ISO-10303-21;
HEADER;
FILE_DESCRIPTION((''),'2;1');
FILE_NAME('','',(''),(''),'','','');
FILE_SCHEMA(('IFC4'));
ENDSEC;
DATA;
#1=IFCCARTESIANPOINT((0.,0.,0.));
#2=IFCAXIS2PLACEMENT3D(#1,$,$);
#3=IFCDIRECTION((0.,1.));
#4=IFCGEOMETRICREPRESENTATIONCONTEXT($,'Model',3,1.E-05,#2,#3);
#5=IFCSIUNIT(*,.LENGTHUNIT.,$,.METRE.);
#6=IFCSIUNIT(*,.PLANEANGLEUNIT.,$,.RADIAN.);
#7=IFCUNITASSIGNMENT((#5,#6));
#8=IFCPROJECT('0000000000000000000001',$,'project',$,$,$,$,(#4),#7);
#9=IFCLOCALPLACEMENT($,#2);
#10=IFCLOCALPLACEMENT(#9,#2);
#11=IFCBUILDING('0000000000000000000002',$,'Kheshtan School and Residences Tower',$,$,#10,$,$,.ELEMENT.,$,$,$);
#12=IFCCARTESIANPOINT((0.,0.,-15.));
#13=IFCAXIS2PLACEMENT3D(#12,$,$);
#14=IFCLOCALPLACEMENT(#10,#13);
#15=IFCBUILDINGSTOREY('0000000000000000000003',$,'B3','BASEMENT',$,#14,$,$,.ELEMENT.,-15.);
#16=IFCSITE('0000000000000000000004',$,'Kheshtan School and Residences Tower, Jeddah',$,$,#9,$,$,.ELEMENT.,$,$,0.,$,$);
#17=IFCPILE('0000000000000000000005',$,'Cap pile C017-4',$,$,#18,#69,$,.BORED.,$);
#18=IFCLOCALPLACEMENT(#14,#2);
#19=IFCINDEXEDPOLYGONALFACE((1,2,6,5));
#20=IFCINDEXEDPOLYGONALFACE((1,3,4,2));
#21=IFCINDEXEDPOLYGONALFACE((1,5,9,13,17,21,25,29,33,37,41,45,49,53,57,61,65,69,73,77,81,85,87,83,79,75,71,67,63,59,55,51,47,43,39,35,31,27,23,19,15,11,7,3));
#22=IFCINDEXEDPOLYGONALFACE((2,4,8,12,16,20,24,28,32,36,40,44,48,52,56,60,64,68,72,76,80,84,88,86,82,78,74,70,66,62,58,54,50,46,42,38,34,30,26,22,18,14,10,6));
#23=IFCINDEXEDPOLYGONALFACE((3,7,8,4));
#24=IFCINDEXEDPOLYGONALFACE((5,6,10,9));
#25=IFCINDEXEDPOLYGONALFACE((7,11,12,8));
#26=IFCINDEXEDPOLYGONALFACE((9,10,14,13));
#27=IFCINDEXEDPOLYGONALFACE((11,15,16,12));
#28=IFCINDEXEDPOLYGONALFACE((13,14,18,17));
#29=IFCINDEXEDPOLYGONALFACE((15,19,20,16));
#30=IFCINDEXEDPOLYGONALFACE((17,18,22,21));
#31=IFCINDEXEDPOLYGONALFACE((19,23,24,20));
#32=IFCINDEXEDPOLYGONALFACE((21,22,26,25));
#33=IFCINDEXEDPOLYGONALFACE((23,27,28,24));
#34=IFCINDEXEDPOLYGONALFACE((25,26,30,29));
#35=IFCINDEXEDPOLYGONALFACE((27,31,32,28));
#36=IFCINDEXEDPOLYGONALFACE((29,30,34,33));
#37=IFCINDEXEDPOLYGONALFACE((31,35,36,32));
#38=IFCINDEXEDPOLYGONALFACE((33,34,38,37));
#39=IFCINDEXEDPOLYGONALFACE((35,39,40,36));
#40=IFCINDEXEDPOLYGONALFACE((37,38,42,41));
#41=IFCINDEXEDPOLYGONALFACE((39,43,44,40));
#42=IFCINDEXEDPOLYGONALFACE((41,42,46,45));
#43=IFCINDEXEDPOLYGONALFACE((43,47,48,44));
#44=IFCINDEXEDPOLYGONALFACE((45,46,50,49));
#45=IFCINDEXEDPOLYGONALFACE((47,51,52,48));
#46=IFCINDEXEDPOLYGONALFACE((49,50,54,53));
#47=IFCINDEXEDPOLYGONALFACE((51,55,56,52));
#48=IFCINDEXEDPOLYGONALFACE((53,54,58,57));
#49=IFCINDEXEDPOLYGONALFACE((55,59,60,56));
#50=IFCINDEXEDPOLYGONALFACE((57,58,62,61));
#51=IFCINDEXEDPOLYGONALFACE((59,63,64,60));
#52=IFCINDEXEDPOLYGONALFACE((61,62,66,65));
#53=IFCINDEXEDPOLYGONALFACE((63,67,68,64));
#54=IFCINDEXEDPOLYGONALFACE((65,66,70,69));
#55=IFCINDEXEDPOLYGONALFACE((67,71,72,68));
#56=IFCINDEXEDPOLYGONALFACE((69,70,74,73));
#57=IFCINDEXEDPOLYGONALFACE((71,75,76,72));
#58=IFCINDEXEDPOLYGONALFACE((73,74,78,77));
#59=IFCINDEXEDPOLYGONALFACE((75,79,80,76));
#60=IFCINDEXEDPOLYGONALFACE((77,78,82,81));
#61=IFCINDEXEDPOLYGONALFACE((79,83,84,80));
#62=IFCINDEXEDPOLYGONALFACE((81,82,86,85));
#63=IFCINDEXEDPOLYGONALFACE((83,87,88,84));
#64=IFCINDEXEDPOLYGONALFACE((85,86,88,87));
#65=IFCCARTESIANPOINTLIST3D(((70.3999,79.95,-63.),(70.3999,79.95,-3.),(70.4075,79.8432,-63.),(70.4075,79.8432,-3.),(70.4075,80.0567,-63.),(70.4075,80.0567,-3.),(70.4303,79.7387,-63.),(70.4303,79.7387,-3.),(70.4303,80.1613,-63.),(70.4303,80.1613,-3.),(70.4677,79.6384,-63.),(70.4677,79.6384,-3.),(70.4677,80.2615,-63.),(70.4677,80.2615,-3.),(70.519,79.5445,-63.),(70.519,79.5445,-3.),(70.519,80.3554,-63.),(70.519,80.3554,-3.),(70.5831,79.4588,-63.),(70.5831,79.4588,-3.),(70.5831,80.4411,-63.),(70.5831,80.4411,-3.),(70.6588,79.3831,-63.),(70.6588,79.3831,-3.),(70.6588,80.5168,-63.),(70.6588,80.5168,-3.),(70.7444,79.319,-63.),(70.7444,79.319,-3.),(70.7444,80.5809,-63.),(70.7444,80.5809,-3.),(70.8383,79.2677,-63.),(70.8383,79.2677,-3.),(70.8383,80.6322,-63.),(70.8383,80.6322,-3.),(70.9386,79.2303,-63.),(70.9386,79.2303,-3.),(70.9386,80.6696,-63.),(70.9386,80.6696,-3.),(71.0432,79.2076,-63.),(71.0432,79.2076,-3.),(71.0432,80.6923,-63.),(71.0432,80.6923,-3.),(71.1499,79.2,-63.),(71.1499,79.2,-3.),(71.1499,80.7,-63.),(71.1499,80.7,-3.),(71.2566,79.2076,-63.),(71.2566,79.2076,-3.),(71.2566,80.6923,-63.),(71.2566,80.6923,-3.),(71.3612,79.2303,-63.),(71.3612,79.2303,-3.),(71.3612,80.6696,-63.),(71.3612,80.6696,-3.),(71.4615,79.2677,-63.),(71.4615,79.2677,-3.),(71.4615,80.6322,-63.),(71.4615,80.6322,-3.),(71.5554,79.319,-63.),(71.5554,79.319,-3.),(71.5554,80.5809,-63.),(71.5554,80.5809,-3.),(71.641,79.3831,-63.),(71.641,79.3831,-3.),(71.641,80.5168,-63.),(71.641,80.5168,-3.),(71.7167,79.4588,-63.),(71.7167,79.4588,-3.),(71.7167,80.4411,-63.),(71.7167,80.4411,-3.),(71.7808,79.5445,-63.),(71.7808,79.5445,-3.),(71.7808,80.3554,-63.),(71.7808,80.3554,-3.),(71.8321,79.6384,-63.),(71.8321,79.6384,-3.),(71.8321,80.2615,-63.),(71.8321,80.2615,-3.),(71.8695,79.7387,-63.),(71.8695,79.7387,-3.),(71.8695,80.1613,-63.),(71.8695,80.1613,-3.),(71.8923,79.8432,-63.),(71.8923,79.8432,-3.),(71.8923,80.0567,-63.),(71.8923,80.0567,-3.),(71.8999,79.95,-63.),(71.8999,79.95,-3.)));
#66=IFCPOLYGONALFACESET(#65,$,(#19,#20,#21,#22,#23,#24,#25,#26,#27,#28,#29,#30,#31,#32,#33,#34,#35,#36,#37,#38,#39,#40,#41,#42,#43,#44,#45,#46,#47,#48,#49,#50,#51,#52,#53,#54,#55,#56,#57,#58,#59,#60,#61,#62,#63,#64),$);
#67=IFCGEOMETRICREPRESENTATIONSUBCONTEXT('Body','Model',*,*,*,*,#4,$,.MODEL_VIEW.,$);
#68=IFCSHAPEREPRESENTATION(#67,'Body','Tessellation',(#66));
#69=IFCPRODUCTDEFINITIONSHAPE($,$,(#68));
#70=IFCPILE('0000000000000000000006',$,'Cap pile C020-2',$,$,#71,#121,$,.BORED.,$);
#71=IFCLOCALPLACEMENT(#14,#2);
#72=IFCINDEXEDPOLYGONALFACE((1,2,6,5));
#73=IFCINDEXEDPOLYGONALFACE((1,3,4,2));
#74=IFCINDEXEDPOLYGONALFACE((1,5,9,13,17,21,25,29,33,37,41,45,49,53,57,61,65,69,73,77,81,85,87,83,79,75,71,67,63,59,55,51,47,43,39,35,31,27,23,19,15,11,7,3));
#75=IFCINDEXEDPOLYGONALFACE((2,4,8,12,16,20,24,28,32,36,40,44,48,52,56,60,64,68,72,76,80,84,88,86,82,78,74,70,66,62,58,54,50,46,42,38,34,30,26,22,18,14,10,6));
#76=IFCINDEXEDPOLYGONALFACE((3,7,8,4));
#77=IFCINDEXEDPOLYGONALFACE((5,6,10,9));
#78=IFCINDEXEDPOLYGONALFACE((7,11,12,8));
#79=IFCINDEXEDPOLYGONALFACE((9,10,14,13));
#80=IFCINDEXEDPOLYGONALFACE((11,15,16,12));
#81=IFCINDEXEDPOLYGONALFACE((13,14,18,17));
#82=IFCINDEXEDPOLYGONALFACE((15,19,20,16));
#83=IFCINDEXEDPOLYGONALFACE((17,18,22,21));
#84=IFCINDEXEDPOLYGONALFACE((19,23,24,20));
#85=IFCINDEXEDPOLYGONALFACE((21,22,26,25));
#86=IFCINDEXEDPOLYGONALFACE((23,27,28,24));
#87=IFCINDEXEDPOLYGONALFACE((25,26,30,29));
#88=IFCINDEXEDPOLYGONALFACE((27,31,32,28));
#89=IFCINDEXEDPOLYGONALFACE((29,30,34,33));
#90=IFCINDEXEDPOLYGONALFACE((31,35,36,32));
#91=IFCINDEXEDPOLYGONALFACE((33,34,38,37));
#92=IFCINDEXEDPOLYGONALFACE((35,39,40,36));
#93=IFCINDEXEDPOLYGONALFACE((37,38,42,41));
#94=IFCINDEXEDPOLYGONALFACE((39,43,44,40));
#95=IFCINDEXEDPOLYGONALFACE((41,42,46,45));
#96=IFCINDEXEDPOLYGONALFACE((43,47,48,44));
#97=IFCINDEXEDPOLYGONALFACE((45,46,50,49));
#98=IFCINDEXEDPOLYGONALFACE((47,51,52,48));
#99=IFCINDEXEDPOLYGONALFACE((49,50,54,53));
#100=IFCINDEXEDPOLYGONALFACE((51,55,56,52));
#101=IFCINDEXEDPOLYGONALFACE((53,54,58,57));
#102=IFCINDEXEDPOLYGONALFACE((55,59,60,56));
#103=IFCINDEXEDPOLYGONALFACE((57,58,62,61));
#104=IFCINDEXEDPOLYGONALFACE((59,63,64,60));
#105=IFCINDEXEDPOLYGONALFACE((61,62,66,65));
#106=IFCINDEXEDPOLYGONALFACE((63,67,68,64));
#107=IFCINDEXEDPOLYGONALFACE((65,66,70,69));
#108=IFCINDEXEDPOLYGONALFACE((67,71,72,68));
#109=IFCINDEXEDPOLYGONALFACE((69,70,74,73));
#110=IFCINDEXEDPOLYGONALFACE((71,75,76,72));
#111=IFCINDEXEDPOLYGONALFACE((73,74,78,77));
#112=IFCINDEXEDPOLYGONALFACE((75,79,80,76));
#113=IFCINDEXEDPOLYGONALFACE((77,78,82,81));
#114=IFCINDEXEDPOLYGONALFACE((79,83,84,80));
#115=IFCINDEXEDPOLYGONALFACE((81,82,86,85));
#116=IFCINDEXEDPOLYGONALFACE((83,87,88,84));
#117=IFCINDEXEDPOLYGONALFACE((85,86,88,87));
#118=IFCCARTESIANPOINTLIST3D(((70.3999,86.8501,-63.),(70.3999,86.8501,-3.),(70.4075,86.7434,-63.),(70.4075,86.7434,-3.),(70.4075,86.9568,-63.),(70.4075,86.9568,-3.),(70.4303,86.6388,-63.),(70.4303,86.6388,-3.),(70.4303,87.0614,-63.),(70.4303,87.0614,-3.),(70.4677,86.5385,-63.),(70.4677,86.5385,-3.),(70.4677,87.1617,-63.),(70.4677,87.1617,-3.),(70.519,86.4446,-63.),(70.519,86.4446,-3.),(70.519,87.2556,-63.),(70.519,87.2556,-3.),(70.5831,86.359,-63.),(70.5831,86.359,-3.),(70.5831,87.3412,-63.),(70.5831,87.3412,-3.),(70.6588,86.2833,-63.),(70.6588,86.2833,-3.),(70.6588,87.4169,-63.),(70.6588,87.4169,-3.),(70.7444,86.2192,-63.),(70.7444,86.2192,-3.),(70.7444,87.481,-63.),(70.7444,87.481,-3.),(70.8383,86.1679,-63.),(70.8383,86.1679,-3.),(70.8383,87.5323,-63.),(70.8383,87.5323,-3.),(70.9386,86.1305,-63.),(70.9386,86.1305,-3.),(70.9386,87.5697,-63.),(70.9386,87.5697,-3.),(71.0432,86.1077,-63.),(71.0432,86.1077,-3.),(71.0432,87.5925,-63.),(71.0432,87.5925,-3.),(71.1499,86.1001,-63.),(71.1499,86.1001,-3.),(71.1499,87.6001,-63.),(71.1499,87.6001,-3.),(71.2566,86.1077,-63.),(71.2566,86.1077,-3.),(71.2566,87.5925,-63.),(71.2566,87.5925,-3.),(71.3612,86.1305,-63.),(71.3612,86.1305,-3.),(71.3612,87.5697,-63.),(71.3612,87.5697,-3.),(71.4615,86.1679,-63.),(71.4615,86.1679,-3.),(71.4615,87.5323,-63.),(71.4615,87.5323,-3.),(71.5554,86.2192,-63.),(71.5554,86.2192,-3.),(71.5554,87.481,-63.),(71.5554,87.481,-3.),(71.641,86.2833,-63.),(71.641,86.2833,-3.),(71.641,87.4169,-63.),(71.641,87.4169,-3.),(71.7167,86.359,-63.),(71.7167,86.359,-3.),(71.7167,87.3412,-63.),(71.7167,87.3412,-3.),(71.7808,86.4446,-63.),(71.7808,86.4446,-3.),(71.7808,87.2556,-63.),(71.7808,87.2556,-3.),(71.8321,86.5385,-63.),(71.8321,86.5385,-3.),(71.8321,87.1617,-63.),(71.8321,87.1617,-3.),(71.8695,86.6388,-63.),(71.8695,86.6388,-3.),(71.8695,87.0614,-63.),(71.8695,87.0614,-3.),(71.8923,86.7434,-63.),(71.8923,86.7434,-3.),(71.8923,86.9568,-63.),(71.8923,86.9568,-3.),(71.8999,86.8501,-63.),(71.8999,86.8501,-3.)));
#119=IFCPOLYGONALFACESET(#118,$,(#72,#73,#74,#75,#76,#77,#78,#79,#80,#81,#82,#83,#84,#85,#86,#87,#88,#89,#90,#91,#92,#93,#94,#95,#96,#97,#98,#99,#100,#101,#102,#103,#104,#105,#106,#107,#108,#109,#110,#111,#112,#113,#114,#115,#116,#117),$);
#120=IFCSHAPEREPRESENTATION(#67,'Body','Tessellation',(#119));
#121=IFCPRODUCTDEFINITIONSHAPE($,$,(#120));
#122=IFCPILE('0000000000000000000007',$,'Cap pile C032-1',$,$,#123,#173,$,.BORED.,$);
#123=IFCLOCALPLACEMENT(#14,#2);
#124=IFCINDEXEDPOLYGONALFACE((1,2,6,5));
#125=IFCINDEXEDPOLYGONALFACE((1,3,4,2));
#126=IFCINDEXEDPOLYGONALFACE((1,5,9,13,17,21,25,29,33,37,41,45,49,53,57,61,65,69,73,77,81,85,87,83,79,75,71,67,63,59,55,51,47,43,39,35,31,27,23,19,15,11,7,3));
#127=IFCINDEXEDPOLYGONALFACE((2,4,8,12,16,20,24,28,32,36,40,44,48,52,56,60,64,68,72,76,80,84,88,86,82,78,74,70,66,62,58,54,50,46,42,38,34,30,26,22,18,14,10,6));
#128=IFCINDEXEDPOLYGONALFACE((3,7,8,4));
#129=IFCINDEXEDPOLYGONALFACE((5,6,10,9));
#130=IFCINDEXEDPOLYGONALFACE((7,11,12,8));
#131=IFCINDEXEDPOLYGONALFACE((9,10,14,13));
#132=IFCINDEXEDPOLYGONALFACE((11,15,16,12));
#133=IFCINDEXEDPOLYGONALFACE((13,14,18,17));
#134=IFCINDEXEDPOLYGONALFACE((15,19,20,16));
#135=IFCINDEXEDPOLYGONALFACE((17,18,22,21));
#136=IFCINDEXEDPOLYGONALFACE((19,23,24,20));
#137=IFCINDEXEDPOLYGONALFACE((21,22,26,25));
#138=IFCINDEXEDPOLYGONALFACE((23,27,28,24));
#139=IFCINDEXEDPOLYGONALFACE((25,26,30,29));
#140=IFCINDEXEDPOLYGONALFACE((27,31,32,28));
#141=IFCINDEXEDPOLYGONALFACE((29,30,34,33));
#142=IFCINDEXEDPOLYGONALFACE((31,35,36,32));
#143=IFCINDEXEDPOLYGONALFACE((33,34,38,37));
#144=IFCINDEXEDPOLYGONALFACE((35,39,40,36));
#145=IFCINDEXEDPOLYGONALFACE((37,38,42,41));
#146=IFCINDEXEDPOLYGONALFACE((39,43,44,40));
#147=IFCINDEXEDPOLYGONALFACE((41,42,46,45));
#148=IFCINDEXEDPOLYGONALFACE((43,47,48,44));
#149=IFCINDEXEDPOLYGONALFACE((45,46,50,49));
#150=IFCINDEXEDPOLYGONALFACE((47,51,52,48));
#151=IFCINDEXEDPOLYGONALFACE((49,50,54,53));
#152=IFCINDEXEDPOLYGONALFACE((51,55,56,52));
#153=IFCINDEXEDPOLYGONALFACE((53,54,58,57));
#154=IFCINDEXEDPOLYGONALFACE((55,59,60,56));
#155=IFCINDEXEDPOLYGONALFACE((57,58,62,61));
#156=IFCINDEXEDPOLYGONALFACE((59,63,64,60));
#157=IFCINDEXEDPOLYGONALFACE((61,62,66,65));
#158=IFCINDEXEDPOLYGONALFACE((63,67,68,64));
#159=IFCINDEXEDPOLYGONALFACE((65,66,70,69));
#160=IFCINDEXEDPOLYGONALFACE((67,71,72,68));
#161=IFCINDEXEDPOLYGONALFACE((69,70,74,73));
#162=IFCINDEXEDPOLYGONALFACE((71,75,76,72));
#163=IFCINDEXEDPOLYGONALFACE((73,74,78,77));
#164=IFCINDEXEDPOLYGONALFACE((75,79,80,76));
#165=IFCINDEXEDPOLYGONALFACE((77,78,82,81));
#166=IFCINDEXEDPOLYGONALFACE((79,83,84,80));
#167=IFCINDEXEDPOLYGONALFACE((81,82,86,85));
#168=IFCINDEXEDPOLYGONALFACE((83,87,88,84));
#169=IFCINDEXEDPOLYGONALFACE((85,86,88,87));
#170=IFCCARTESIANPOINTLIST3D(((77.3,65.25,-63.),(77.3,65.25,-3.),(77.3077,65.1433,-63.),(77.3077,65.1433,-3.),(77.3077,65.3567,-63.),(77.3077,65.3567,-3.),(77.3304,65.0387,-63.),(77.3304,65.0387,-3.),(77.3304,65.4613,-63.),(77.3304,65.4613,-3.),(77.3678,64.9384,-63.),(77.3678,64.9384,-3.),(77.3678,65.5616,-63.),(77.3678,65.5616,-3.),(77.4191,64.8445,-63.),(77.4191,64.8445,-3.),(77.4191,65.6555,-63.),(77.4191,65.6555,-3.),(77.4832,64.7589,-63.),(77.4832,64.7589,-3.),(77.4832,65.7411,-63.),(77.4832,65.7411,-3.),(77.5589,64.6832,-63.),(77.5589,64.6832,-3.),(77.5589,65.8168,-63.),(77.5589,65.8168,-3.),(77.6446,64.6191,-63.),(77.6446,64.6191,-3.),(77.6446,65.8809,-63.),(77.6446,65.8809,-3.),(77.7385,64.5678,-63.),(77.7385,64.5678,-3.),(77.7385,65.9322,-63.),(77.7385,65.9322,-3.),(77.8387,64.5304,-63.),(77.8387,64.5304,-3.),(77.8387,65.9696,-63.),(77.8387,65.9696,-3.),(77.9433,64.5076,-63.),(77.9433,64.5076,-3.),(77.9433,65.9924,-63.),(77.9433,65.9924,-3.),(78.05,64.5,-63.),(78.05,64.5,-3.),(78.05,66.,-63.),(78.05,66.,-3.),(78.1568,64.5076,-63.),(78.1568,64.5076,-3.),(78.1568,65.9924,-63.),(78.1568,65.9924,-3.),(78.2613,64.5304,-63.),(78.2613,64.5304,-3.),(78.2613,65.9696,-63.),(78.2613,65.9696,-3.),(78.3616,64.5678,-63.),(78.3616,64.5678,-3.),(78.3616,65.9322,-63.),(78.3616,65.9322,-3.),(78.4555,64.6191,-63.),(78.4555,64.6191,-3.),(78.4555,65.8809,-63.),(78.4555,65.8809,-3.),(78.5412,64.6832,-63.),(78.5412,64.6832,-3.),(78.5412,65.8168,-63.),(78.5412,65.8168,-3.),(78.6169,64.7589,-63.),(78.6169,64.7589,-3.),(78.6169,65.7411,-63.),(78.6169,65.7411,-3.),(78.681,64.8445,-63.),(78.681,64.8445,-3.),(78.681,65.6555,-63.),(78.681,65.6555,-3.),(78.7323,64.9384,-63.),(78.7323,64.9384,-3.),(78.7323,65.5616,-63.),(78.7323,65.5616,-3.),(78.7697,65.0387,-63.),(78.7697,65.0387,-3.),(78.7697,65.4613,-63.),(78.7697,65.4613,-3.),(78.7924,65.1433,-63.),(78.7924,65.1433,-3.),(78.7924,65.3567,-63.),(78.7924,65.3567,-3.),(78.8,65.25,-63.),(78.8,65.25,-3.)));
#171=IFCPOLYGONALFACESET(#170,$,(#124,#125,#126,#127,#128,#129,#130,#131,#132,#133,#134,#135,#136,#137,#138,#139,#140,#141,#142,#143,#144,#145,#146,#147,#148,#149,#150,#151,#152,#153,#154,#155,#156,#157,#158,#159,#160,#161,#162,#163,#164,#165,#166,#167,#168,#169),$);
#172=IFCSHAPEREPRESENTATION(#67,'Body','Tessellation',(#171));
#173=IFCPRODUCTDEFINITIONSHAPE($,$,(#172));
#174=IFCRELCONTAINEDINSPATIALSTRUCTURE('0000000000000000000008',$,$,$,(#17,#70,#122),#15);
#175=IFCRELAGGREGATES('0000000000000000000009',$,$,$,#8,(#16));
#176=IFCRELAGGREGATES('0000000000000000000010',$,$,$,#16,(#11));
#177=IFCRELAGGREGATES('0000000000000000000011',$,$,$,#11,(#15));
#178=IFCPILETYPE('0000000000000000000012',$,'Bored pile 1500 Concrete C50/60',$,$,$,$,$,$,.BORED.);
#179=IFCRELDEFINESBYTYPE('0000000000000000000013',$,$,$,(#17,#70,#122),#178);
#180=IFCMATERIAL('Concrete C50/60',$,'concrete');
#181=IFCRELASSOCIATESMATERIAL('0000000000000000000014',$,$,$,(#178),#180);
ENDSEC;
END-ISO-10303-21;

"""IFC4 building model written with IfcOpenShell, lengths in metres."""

from ifc_helpers import new_model, si_unit, direction, frame, origin, origin_2d, place, context, subcontext, project, spatial, circle, extrude, material, material_profile, profile_set, type_object, element, save


model = new_model("IFC4")

# Units and contexts
model_context = context("Model", 3, precision=1e-05, world=origin(), true_north=direction((0.0, 1.0)))
body_context = subcontext(model_context, "Body", "Model", "MODEL_VIEW")
ifc_project = project(units=[si_unit("LENGTHUNIT", "METRE"), si_unit("PLANEANGLEUNIT", "RADIAN")], contexts=[model_context])

# Site, building, storey
site_placement = place(None, origin())
site = spatial("IfcSite", under=ifc_project, at=site_placement, Name="Kheshtan School and Residences Tower, Jeddah", CompositionType="ELEMENT", RefElevation=0.0)
building_placement = place(site_placement, origin())
building = spatial("IfcBuilding", under=site, at=building_placement, Name="Kheshtan School and Residences Tower", CompositionType="ELEMENT")
storey_placement = place(building_placement, frame((0.0, 0.0, -15.0)))
storey = spatial("IfcBuildingStorey", under=building, at=storey_placement, Name="B3", Description="BASEMENT", CompositionType="ELEMENT", Elevation=-15.0)

# Piles
ifc_material_1 = material(Name="Concrete C50/60", Category="concrete")
ifc_material_profile_1 = material_profile(ifc_material_1, circle(Radius=0.75, at=origin_2d()), Name="BP 1500")
ifc_profile_set_1 = profile_set([ifc_material_profile_1], Name="Concrete C50/60")
pile_type = type_object("IfcPileType", Name="Bored pile 1500 Concrete C50/60", PredefinedType="BORED", material=ifc_profile_set_1)
for number, where, z_axis, x_axis, name in (
    (1, (71.1499, 79.95, -3.0), (0.0, 0.0, -1.0), (1.0, 0.0, 0.0), "Cap pile C017-4"),
    (2, (71.1499, 86.8501, -3.0), (0.0, 0.0, -1.0), (1.0, 0.0, 0.0), "Cap pile C020-2"),
    (3, (78.05, 65.25, -3.0), (0.0, 0.0, -1.0), (1.0, 0.0, 0.0), "Cap pile C032-1"),
):
    element("IfcPile", number, at=place(storey_placement, frame(where, z_axis=z_axis, x_axis=x_axis)), inside=storey, type_object=pile_type, Name=name, PredefinedType="BORED", context=body_context, shape_type="SweptSolid", body=[
        extrude(circle(Radius=0.75, at=origin_2d()), origin(), (0.0, 0.0, 1.0), 60.0),
    ])

save(model, "model.ifc")
